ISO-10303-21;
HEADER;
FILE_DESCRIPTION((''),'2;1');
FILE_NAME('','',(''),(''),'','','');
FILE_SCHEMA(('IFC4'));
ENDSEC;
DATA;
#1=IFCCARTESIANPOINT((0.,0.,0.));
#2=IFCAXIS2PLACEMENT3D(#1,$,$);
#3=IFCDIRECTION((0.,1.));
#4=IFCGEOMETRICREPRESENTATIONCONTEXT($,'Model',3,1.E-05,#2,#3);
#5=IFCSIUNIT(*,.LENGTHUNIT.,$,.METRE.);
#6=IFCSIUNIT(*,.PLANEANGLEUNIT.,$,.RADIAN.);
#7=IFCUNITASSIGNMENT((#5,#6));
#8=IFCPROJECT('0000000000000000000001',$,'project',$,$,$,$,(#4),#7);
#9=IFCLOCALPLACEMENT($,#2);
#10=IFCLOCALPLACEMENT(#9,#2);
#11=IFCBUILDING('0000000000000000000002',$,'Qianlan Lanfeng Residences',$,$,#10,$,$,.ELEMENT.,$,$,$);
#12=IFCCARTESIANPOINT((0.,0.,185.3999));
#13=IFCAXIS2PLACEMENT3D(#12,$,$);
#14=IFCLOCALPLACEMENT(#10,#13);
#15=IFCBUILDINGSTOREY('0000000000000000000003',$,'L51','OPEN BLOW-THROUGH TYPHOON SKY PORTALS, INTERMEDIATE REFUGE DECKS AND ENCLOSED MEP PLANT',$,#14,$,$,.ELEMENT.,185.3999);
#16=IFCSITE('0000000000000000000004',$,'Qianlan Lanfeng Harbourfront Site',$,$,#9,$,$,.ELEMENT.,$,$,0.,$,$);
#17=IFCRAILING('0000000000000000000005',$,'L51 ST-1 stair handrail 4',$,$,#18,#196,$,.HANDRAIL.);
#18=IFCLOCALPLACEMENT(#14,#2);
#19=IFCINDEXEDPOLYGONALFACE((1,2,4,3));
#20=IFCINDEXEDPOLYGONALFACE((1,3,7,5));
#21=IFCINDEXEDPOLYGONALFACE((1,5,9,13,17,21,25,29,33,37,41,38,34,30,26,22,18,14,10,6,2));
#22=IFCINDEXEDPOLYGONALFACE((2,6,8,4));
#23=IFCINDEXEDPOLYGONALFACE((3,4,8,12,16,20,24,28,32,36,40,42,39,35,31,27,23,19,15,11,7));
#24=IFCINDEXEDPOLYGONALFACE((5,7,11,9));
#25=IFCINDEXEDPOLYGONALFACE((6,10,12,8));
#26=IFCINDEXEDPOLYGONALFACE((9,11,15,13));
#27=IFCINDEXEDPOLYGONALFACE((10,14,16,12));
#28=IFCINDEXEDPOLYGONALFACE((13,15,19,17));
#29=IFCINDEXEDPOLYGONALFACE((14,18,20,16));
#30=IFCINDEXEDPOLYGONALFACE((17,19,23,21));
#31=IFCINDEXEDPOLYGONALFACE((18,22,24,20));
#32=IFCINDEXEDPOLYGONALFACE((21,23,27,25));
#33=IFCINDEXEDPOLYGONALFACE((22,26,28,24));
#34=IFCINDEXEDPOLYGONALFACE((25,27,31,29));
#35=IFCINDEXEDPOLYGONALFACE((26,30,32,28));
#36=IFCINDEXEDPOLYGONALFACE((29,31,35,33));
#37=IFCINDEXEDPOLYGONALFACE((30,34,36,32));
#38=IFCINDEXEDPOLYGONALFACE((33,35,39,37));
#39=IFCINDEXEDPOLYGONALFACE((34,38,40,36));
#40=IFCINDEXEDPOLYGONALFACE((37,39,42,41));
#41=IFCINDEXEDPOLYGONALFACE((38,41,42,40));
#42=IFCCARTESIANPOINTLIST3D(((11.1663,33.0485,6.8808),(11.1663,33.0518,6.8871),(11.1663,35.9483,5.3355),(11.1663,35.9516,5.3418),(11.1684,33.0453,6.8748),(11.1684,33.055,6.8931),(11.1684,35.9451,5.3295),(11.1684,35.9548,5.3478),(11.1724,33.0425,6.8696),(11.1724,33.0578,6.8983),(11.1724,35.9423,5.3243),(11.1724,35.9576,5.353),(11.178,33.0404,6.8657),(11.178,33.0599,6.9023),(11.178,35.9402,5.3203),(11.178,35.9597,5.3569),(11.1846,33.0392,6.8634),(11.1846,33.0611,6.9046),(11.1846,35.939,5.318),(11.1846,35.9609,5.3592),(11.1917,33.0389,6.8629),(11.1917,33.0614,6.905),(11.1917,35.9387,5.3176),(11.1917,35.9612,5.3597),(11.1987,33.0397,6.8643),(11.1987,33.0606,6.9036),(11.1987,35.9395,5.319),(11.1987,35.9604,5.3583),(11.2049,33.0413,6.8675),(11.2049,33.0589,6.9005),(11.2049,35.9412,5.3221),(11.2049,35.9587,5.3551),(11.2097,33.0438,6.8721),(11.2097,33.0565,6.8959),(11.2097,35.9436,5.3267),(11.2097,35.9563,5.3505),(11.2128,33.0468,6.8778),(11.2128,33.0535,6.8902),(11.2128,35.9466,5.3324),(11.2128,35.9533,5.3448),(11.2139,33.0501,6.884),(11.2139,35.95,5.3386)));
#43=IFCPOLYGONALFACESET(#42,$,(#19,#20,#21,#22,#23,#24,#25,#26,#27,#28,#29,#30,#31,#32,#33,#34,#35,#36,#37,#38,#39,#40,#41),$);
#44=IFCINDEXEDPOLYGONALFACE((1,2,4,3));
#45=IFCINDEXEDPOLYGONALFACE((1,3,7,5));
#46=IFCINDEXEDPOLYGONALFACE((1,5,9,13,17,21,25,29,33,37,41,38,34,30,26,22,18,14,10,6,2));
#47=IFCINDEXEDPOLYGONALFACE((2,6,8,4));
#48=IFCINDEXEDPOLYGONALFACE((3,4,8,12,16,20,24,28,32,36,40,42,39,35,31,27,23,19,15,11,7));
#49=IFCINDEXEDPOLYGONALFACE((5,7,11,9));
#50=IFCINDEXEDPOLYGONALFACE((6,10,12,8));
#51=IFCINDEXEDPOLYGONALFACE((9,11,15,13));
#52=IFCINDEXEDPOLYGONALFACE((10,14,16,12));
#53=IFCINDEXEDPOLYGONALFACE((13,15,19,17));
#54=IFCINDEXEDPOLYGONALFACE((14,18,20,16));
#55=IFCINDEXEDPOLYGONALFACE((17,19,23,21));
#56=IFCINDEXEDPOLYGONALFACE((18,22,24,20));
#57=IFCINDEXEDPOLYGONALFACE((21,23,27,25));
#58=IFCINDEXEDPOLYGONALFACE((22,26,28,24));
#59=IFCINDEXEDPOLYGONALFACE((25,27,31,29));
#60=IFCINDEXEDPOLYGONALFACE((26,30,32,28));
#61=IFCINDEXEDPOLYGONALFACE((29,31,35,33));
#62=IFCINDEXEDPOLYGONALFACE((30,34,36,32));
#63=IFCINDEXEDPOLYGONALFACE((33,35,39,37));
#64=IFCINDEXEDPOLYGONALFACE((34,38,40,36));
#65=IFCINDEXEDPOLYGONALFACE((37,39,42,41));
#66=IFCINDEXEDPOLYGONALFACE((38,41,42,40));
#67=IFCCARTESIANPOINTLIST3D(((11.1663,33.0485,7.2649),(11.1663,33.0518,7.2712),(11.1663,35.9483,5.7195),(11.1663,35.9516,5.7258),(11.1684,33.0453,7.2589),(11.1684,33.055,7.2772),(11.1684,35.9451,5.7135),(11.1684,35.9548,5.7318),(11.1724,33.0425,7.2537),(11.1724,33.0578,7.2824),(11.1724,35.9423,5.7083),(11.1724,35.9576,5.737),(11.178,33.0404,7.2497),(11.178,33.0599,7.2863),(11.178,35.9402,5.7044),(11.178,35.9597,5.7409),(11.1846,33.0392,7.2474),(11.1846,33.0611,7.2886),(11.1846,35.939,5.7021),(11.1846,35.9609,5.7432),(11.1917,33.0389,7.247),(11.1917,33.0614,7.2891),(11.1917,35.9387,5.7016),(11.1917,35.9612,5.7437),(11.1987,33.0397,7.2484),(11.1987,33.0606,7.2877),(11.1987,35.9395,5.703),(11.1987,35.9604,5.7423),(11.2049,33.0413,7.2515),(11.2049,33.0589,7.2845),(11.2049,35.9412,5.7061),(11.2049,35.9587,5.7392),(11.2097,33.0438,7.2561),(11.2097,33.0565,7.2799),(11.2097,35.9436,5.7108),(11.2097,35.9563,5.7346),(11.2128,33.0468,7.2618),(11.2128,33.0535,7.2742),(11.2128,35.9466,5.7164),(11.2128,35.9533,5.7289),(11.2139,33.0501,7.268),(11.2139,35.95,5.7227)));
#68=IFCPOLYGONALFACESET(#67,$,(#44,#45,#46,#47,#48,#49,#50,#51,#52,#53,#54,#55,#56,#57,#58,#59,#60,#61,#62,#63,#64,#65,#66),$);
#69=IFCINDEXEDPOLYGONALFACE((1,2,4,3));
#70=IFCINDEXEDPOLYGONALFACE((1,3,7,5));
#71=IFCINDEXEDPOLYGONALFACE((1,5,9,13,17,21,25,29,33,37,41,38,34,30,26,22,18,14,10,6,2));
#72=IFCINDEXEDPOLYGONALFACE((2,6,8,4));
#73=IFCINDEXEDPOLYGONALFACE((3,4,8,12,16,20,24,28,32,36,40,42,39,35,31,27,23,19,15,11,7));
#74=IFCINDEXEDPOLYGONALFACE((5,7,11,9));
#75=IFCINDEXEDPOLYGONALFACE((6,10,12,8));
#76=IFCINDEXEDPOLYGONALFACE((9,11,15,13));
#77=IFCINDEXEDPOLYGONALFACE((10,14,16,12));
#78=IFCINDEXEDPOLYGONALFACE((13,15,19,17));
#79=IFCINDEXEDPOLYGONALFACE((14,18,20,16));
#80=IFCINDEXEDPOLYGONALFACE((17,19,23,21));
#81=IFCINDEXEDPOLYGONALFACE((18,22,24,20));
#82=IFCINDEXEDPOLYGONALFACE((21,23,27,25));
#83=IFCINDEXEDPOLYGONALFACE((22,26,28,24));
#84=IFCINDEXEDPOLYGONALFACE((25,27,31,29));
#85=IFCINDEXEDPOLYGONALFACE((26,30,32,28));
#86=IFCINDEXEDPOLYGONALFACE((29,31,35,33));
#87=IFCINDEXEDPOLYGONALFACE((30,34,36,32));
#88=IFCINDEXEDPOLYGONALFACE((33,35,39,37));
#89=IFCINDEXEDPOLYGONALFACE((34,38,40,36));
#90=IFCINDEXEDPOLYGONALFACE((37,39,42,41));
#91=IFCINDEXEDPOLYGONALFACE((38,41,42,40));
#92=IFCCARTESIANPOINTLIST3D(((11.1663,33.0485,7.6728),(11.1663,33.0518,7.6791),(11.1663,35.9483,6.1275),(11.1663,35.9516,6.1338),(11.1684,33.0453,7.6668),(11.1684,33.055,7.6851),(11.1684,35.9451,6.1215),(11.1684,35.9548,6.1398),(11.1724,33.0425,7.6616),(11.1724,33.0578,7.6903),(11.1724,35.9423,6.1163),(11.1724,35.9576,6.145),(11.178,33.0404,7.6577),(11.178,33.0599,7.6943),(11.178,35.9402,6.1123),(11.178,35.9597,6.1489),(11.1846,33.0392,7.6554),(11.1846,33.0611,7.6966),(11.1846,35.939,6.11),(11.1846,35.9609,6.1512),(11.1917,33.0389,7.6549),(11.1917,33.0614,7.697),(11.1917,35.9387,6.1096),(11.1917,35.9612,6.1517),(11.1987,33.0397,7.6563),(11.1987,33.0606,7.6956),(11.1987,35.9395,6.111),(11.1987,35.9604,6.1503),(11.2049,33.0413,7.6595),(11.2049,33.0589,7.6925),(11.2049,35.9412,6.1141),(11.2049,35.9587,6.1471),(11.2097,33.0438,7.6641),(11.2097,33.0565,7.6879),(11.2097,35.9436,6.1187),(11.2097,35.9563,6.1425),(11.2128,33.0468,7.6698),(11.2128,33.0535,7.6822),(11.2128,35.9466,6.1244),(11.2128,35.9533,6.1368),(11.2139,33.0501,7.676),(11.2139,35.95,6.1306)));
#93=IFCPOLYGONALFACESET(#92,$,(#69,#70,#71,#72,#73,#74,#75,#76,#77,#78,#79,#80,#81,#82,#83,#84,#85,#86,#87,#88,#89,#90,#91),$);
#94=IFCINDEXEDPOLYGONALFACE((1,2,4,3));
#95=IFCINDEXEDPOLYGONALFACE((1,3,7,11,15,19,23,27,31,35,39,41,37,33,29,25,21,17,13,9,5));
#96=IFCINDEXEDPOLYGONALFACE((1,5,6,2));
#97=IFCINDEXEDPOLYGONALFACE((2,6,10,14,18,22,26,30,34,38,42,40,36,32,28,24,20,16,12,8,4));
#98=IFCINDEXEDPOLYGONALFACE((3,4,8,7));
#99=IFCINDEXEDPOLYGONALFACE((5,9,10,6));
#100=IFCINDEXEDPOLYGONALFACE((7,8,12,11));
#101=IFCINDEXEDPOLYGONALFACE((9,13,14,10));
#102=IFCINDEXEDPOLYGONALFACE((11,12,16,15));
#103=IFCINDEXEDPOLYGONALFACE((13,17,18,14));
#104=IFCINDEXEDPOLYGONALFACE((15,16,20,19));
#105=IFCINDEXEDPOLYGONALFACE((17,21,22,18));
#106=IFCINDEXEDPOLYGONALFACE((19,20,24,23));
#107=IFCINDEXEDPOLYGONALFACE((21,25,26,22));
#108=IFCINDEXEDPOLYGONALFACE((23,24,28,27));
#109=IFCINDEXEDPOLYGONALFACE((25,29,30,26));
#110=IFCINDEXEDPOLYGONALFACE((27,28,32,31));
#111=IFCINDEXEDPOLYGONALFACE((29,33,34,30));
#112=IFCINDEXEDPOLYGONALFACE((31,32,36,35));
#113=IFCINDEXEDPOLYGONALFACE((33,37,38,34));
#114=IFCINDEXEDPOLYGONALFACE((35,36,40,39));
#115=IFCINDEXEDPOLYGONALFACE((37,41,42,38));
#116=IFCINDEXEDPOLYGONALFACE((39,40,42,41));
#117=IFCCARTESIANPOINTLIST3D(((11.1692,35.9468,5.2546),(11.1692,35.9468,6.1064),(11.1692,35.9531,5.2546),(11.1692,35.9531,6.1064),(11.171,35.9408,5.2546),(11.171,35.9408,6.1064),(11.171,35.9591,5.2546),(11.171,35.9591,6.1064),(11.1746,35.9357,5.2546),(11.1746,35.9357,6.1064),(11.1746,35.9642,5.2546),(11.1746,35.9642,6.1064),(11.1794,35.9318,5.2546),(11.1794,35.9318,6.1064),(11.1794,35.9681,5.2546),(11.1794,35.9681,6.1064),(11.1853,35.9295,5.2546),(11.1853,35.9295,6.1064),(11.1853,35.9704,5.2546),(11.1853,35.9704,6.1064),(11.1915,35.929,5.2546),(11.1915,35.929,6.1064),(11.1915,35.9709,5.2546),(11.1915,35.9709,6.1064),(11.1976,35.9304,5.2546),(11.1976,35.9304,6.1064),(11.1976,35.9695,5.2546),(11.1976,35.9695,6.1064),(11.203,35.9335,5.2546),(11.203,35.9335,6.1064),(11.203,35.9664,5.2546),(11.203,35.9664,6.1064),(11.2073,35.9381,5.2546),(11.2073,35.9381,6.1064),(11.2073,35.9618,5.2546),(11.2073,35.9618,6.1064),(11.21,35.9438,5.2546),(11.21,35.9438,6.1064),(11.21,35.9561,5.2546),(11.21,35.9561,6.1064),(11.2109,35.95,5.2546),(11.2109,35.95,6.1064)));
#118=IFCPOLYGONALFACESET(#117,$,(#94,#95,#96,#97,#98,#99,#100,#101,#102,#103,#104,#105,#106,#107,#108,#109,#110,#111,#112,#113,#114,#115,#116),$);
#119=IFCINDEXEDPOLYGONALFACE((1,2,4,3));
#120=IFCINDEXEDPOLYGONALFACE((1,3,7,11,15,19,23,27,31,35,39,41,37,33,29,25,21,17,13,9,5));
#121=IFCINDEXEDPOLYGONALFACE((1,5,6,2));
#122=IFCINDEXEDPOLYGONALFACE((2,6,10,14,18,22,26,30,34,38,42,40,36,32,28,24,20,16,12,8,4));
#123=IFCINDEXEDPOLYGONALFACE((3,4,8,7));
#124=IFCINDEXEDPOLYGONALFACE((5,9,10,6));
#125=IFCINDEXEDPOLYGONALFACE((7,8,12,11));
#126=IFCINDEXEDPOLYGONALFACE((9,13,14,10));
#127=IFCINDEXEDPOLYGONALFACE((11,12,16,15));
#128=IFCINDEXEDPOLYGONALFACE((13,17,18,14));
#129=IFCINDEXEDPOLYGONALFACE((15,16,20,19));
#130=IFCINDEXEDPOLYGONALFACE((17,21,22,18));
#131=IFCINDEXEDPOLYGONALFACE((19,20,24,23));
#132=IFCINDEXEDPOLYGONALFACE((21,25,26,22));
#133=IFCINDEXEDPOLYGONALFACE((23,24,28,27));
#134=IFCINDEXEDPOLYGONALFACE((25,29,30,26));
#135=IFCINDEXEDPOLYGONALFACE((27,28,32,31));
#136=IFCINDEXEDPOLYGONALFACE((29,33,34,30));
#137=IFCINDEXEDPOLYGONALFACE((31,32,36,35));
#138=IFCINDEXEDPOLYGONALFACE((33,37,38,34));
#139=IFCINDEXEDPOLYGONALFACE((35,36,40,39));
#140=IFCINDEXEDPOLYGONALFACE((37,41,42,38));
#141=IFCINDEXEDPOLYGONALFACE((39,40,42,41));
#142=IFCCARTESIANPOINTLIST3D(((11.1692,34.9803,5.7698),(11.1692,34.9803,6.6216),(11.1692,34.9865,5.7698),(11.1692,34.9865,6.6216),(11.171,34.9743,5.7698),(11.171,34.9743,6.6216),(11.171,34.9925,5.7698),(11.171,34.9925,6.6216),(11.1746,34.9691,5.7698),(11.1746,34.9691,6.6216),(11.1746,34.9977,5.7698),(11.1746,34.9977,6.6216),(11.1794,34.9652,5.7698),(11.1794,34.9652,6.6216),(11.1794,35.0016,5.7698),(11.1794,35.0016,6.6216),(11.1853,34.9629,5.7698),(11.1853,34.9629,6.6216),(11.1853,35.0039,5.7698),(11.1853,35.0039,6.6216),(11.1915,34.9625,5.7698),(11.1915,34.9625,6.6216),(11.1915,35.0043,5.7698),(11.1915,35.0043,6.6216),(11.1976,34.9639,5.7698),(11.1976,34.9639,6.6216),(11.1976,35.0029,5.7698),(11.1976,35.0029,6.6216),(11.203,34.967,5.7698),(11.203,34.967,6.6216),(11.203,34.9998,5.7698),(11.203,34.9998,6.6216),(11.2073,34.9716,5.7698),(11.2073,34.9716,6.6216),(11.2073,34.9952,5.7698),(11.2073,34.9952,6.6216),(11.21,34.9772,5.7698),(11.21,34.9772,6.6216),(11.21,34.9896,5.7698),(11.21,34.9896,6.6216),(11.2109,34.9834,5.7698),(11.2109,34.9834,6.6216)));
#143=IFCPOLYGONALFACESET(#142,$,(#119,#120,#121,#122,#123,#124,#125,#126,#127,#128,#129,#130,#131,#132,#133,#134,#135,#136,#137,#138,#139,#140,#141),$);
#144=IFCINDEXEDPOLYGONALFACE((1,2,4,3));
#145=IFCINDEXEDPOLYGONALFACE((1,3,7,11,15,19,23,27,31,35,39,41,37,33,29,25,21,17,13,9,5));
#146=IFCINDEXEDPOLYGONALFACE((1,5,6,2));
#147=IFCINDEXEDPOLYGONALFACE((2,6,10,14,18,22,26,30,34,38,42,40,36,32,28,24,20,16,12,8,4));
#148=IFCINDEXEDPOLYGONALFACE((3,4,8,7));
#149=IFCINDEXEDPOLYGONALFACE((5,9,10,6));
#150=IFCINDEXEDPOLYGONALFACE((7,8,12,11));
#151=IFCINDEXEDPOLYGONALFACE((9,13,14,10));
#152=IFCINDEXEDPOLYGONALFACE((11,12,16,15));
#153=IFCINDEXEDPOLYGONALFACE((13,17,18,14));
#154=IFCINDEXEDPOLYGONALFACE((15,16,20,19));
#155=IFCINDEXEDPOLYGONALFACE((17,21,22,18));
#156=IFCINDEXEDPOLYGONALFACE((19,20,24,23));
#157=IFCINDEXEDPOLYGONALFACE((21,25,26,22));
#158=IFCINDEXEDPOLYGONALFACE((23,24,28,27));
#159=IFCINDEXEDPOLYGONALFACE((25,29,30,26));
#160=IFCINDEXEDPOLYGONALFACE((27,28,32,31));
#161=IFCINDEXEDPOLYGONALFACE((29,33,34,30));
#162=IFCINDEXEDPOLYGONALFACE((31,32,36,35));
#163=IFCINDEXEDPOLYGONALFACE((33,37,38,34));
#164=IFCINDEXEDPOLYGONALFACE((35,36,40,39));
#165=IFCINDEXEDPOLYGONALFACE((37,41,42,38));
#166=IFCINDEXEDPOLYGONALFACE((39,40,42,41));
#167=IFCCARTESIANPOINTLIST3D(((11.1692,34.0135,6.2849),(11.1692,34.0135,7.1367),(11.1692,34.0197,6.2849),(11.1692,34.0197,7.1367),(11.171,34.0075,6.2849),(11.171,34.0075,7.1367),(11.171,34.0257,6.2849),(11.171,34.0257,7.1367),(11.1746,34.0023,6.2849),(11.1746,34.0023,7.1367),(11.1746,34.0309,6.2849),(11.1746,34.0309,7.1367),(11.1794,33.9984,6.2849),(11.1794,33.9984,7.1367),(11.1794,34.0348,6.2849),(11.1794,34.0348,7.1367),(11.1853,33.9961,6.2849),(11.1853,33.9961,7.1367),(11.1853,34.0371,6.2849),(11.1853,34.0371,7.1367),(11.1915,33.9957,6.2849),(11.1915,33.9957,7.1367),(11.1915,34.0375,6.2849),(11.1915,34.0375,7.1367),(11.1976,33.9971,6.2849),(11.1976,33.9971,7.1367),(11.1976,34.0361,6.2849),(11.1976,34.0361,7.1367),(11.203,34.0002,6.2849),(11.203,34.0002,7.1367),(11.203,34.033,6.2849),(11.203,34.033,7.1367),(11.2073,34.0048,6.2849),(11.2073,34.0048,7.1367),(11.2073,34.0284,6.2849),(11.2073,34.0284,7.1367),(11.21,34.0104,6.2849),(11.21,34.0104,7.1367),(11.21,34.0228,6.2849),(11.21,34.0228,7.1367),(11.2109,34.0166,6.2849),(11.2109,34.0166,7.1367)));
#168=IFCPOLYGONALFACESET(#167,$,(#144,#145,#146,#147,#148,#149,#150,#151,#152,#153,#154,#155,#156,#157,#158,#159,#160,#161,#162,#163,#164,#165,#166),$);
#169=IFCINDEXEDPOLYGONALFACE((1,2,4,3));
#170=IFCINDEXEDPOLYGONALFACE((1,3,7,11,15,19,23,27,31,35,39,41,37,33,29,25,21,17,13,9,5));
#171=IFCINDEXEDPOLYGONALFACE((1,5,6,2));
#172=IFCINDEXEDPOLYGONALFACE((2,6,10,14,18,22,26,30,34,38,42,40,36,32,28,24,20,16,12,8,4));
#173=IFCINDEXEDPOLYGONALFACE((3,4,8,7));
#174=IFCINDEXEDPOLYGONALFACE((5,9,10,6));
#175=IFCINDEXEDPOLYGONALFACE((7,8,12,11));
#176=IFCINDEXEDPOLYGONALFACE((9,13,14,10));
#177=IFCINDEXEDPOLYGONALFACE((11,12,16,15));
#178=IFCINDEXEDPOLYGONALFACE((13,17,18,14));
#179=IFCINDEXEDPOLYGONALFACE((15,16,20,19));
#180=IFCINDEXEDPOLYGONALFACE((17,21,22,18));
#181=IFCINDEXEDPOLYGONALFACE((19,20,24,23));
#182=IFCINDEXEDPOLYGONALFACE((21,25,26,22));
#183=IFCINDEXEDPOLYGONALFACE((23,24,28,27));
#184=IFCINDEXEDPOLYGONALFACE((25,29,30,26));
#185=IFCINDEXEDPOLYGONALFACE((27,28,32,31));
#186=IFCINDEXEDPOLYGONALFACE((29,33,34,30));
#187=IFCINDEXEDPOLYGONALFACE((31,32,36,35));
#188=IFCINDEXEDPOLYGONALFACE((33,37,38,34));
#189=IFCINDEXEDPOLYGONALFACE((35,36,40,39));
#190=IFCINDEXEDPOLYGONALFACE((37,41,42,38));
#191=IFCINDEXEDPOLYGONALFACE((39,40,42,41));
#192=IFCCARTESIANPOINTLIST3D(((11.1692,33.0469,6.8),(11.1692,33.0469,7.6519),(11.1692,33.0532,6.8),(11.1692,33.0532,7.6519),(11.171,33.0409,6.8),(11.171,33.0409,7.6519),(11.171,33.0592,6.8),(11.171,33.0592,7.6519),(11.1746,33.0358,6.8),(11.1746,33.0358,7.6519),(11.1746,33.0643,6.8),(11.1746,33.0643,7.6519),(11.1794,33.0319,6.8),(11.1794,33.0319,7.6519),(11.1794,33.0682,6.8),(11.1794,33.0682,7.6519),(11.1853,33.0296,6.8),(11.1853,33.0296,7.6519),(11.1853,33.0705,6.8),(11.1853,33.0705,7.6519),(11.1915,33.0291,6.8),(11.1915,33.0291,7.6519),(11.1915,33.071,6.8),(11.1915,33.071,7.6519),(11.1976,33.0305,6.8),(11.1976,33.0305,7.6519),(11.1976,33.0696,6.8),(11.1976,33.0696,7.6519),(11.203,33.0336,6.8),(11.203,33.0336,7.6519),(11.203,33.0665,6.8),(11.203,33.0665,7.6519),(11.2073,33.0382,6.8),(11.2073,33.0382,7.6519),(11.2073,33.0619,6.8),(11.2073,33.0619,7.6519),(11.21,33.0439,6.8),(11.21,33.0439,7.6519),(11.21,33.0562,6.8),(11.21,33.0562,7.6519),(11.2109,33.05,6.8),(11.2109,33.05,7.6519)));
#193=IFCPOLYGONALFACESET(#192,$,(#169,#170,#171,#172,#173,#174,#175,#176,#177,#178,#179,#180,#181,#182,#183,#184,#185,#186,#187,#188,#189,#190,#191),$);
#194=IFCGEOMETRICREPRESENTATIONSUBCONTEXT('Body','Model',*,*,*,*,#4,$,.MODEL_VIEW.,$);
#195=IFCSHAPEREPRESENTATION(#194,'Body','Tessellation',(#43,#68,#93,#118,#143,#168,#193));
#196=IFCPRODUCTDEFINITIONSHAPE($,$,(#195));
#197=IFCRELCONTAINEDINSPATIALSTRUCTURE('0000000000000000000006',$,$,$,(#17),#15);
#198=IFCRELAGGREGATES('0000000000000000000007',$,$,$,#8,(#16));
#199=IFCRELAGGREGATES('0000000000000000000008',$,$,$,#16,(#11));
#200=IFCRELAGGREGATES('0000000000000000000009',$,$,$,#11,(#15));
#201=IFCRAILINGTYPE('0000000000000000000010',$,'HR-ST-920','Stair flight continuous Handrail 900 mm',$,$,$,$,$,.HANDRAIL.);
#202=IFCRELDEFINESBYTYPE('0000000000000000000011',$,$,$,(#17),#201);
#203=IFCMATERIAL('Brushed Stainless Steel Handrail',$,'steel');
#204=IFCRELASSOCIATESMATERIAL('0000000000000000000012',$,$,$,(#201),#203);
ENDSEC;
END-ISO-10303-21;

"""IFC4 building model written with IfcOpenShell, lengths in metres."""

from ifc_helpers import new_model, si_unit, direction, frame, origin, origin_2d, place, context, subcontext, project, spatial, circle, extrude, material, type_object, element, save


model = new_model("IFC4")

# Units and contexts
model_context = context("Model", 3, precision=1e-05, world=origin(), true_north=direction((0.0, 1.0)))
body_context = subcontext(model_context, "Body", "Model", "MODEL_VIEW")
ifc_project = project(units=[si_unit("LENGTHUNIT", "METRE"), si_unit("PLANEANGLEUNIT", "RADIAN")], contexts=[model_context])

# Site, building, storey
site_placement = place(None, origin())
site = spatial("IfcSite", under=ifc_project, at=site_placement, Name="Qianlan Lanfeng Harbourfront Site", CompositionType="ELEMENT", RefElevation=0.0)
building_placement = place(site_placement, origin())
building = spatial("IfcBuilding", under=site, at=building_placement, Name="Qianlan Lanfeng Residences", CompositionType="ELEMENT")
storey_placement = place(building_placement, frame((0.0, 0.0, 185.3999)))
storey = spatial("IfcBuildingStorey", under=building, at=storey_placement, Name="L51", Description="OPEN BLOW-THROUGH TYPHOON SKY PORTALS, INTERMEDIATE REFUGE DECKS AND ENCLOSED MEP PLANT", CompositionType="ELEMENT", Elevation=185.3999)

# Railing
ifc_material_1 = material(Name="Brushed Stainless Steel Handrail", Category="steel")
railing_type_1 = type_object("IfcRailingType", Name="HR-ST-920", Description="Stair flight continuous Handrail 900 mm", PredefinedType="HANDRAIL", material=ifc_material_1)
for number, where, name in (
    (1, (11.1899, 35.95, 5.2546), "L51 ST-1 stair handrail 4"),
):
    element("IfcRailing", number, at=place(storey_placement, frame(where)), inside=storey, type_object=railing_type_1, Name=name, PredefinedType="HANDRAIL", context=body_context, shape_type="SweptSolid", body=[
        extrude(circle(Radius=0.0239, at=origin_2d()), frame((0.0, 0.0, 0.084), z_axis=(0.0, -0.882505, 0.470303), x_axis=(1.0, 0.0, 0.0)), (0.0, 0.0, 1.0), 3.2859),
        extrude(circle(Radius=0.0239, at=origin_2d()), frame((0.0, 0.0, 0.468), z_axis=(0.0, -0.882505, 0.470303), x_axis=(1.0, 0.0, 0.0)), (0.0, 0.0, 1.0), 3.2859),
        extrude(circle(Radius=0.0239, at=origin_2d()), frame((0.0, 0.0, 0.876), z_axis=(0.0, -0.882505, 0.470303), x_axis=(1.0, 0.0, 0.0)), (0.0, 0.0, 1.0), 3.2859),
        extrude(circle(Radius=0.021, at=origin_2d()), origin(), (0.0, 0.0, 1.0), 0.8518),
        extrude(circle(Radius=0.021, at=origin_2d()), frame((0.0, -0.9666, 0.5151)), (0.0, 0.0, 1.0), 0.8518),
        extrude(circle(Radius=0.021, at=origin_2d()), frame((0.0, -1.9333, 1.0303)), (0.0, 0.0, 1.0), 0.8518),
        extrude(circle(Radius=0.021, at=origin_2d()), frame((0.0, -2.8999, 1.5454)), (0.0, 0.0, 1.0), 0.8518),
    ])

save(model, "model.ifc")
